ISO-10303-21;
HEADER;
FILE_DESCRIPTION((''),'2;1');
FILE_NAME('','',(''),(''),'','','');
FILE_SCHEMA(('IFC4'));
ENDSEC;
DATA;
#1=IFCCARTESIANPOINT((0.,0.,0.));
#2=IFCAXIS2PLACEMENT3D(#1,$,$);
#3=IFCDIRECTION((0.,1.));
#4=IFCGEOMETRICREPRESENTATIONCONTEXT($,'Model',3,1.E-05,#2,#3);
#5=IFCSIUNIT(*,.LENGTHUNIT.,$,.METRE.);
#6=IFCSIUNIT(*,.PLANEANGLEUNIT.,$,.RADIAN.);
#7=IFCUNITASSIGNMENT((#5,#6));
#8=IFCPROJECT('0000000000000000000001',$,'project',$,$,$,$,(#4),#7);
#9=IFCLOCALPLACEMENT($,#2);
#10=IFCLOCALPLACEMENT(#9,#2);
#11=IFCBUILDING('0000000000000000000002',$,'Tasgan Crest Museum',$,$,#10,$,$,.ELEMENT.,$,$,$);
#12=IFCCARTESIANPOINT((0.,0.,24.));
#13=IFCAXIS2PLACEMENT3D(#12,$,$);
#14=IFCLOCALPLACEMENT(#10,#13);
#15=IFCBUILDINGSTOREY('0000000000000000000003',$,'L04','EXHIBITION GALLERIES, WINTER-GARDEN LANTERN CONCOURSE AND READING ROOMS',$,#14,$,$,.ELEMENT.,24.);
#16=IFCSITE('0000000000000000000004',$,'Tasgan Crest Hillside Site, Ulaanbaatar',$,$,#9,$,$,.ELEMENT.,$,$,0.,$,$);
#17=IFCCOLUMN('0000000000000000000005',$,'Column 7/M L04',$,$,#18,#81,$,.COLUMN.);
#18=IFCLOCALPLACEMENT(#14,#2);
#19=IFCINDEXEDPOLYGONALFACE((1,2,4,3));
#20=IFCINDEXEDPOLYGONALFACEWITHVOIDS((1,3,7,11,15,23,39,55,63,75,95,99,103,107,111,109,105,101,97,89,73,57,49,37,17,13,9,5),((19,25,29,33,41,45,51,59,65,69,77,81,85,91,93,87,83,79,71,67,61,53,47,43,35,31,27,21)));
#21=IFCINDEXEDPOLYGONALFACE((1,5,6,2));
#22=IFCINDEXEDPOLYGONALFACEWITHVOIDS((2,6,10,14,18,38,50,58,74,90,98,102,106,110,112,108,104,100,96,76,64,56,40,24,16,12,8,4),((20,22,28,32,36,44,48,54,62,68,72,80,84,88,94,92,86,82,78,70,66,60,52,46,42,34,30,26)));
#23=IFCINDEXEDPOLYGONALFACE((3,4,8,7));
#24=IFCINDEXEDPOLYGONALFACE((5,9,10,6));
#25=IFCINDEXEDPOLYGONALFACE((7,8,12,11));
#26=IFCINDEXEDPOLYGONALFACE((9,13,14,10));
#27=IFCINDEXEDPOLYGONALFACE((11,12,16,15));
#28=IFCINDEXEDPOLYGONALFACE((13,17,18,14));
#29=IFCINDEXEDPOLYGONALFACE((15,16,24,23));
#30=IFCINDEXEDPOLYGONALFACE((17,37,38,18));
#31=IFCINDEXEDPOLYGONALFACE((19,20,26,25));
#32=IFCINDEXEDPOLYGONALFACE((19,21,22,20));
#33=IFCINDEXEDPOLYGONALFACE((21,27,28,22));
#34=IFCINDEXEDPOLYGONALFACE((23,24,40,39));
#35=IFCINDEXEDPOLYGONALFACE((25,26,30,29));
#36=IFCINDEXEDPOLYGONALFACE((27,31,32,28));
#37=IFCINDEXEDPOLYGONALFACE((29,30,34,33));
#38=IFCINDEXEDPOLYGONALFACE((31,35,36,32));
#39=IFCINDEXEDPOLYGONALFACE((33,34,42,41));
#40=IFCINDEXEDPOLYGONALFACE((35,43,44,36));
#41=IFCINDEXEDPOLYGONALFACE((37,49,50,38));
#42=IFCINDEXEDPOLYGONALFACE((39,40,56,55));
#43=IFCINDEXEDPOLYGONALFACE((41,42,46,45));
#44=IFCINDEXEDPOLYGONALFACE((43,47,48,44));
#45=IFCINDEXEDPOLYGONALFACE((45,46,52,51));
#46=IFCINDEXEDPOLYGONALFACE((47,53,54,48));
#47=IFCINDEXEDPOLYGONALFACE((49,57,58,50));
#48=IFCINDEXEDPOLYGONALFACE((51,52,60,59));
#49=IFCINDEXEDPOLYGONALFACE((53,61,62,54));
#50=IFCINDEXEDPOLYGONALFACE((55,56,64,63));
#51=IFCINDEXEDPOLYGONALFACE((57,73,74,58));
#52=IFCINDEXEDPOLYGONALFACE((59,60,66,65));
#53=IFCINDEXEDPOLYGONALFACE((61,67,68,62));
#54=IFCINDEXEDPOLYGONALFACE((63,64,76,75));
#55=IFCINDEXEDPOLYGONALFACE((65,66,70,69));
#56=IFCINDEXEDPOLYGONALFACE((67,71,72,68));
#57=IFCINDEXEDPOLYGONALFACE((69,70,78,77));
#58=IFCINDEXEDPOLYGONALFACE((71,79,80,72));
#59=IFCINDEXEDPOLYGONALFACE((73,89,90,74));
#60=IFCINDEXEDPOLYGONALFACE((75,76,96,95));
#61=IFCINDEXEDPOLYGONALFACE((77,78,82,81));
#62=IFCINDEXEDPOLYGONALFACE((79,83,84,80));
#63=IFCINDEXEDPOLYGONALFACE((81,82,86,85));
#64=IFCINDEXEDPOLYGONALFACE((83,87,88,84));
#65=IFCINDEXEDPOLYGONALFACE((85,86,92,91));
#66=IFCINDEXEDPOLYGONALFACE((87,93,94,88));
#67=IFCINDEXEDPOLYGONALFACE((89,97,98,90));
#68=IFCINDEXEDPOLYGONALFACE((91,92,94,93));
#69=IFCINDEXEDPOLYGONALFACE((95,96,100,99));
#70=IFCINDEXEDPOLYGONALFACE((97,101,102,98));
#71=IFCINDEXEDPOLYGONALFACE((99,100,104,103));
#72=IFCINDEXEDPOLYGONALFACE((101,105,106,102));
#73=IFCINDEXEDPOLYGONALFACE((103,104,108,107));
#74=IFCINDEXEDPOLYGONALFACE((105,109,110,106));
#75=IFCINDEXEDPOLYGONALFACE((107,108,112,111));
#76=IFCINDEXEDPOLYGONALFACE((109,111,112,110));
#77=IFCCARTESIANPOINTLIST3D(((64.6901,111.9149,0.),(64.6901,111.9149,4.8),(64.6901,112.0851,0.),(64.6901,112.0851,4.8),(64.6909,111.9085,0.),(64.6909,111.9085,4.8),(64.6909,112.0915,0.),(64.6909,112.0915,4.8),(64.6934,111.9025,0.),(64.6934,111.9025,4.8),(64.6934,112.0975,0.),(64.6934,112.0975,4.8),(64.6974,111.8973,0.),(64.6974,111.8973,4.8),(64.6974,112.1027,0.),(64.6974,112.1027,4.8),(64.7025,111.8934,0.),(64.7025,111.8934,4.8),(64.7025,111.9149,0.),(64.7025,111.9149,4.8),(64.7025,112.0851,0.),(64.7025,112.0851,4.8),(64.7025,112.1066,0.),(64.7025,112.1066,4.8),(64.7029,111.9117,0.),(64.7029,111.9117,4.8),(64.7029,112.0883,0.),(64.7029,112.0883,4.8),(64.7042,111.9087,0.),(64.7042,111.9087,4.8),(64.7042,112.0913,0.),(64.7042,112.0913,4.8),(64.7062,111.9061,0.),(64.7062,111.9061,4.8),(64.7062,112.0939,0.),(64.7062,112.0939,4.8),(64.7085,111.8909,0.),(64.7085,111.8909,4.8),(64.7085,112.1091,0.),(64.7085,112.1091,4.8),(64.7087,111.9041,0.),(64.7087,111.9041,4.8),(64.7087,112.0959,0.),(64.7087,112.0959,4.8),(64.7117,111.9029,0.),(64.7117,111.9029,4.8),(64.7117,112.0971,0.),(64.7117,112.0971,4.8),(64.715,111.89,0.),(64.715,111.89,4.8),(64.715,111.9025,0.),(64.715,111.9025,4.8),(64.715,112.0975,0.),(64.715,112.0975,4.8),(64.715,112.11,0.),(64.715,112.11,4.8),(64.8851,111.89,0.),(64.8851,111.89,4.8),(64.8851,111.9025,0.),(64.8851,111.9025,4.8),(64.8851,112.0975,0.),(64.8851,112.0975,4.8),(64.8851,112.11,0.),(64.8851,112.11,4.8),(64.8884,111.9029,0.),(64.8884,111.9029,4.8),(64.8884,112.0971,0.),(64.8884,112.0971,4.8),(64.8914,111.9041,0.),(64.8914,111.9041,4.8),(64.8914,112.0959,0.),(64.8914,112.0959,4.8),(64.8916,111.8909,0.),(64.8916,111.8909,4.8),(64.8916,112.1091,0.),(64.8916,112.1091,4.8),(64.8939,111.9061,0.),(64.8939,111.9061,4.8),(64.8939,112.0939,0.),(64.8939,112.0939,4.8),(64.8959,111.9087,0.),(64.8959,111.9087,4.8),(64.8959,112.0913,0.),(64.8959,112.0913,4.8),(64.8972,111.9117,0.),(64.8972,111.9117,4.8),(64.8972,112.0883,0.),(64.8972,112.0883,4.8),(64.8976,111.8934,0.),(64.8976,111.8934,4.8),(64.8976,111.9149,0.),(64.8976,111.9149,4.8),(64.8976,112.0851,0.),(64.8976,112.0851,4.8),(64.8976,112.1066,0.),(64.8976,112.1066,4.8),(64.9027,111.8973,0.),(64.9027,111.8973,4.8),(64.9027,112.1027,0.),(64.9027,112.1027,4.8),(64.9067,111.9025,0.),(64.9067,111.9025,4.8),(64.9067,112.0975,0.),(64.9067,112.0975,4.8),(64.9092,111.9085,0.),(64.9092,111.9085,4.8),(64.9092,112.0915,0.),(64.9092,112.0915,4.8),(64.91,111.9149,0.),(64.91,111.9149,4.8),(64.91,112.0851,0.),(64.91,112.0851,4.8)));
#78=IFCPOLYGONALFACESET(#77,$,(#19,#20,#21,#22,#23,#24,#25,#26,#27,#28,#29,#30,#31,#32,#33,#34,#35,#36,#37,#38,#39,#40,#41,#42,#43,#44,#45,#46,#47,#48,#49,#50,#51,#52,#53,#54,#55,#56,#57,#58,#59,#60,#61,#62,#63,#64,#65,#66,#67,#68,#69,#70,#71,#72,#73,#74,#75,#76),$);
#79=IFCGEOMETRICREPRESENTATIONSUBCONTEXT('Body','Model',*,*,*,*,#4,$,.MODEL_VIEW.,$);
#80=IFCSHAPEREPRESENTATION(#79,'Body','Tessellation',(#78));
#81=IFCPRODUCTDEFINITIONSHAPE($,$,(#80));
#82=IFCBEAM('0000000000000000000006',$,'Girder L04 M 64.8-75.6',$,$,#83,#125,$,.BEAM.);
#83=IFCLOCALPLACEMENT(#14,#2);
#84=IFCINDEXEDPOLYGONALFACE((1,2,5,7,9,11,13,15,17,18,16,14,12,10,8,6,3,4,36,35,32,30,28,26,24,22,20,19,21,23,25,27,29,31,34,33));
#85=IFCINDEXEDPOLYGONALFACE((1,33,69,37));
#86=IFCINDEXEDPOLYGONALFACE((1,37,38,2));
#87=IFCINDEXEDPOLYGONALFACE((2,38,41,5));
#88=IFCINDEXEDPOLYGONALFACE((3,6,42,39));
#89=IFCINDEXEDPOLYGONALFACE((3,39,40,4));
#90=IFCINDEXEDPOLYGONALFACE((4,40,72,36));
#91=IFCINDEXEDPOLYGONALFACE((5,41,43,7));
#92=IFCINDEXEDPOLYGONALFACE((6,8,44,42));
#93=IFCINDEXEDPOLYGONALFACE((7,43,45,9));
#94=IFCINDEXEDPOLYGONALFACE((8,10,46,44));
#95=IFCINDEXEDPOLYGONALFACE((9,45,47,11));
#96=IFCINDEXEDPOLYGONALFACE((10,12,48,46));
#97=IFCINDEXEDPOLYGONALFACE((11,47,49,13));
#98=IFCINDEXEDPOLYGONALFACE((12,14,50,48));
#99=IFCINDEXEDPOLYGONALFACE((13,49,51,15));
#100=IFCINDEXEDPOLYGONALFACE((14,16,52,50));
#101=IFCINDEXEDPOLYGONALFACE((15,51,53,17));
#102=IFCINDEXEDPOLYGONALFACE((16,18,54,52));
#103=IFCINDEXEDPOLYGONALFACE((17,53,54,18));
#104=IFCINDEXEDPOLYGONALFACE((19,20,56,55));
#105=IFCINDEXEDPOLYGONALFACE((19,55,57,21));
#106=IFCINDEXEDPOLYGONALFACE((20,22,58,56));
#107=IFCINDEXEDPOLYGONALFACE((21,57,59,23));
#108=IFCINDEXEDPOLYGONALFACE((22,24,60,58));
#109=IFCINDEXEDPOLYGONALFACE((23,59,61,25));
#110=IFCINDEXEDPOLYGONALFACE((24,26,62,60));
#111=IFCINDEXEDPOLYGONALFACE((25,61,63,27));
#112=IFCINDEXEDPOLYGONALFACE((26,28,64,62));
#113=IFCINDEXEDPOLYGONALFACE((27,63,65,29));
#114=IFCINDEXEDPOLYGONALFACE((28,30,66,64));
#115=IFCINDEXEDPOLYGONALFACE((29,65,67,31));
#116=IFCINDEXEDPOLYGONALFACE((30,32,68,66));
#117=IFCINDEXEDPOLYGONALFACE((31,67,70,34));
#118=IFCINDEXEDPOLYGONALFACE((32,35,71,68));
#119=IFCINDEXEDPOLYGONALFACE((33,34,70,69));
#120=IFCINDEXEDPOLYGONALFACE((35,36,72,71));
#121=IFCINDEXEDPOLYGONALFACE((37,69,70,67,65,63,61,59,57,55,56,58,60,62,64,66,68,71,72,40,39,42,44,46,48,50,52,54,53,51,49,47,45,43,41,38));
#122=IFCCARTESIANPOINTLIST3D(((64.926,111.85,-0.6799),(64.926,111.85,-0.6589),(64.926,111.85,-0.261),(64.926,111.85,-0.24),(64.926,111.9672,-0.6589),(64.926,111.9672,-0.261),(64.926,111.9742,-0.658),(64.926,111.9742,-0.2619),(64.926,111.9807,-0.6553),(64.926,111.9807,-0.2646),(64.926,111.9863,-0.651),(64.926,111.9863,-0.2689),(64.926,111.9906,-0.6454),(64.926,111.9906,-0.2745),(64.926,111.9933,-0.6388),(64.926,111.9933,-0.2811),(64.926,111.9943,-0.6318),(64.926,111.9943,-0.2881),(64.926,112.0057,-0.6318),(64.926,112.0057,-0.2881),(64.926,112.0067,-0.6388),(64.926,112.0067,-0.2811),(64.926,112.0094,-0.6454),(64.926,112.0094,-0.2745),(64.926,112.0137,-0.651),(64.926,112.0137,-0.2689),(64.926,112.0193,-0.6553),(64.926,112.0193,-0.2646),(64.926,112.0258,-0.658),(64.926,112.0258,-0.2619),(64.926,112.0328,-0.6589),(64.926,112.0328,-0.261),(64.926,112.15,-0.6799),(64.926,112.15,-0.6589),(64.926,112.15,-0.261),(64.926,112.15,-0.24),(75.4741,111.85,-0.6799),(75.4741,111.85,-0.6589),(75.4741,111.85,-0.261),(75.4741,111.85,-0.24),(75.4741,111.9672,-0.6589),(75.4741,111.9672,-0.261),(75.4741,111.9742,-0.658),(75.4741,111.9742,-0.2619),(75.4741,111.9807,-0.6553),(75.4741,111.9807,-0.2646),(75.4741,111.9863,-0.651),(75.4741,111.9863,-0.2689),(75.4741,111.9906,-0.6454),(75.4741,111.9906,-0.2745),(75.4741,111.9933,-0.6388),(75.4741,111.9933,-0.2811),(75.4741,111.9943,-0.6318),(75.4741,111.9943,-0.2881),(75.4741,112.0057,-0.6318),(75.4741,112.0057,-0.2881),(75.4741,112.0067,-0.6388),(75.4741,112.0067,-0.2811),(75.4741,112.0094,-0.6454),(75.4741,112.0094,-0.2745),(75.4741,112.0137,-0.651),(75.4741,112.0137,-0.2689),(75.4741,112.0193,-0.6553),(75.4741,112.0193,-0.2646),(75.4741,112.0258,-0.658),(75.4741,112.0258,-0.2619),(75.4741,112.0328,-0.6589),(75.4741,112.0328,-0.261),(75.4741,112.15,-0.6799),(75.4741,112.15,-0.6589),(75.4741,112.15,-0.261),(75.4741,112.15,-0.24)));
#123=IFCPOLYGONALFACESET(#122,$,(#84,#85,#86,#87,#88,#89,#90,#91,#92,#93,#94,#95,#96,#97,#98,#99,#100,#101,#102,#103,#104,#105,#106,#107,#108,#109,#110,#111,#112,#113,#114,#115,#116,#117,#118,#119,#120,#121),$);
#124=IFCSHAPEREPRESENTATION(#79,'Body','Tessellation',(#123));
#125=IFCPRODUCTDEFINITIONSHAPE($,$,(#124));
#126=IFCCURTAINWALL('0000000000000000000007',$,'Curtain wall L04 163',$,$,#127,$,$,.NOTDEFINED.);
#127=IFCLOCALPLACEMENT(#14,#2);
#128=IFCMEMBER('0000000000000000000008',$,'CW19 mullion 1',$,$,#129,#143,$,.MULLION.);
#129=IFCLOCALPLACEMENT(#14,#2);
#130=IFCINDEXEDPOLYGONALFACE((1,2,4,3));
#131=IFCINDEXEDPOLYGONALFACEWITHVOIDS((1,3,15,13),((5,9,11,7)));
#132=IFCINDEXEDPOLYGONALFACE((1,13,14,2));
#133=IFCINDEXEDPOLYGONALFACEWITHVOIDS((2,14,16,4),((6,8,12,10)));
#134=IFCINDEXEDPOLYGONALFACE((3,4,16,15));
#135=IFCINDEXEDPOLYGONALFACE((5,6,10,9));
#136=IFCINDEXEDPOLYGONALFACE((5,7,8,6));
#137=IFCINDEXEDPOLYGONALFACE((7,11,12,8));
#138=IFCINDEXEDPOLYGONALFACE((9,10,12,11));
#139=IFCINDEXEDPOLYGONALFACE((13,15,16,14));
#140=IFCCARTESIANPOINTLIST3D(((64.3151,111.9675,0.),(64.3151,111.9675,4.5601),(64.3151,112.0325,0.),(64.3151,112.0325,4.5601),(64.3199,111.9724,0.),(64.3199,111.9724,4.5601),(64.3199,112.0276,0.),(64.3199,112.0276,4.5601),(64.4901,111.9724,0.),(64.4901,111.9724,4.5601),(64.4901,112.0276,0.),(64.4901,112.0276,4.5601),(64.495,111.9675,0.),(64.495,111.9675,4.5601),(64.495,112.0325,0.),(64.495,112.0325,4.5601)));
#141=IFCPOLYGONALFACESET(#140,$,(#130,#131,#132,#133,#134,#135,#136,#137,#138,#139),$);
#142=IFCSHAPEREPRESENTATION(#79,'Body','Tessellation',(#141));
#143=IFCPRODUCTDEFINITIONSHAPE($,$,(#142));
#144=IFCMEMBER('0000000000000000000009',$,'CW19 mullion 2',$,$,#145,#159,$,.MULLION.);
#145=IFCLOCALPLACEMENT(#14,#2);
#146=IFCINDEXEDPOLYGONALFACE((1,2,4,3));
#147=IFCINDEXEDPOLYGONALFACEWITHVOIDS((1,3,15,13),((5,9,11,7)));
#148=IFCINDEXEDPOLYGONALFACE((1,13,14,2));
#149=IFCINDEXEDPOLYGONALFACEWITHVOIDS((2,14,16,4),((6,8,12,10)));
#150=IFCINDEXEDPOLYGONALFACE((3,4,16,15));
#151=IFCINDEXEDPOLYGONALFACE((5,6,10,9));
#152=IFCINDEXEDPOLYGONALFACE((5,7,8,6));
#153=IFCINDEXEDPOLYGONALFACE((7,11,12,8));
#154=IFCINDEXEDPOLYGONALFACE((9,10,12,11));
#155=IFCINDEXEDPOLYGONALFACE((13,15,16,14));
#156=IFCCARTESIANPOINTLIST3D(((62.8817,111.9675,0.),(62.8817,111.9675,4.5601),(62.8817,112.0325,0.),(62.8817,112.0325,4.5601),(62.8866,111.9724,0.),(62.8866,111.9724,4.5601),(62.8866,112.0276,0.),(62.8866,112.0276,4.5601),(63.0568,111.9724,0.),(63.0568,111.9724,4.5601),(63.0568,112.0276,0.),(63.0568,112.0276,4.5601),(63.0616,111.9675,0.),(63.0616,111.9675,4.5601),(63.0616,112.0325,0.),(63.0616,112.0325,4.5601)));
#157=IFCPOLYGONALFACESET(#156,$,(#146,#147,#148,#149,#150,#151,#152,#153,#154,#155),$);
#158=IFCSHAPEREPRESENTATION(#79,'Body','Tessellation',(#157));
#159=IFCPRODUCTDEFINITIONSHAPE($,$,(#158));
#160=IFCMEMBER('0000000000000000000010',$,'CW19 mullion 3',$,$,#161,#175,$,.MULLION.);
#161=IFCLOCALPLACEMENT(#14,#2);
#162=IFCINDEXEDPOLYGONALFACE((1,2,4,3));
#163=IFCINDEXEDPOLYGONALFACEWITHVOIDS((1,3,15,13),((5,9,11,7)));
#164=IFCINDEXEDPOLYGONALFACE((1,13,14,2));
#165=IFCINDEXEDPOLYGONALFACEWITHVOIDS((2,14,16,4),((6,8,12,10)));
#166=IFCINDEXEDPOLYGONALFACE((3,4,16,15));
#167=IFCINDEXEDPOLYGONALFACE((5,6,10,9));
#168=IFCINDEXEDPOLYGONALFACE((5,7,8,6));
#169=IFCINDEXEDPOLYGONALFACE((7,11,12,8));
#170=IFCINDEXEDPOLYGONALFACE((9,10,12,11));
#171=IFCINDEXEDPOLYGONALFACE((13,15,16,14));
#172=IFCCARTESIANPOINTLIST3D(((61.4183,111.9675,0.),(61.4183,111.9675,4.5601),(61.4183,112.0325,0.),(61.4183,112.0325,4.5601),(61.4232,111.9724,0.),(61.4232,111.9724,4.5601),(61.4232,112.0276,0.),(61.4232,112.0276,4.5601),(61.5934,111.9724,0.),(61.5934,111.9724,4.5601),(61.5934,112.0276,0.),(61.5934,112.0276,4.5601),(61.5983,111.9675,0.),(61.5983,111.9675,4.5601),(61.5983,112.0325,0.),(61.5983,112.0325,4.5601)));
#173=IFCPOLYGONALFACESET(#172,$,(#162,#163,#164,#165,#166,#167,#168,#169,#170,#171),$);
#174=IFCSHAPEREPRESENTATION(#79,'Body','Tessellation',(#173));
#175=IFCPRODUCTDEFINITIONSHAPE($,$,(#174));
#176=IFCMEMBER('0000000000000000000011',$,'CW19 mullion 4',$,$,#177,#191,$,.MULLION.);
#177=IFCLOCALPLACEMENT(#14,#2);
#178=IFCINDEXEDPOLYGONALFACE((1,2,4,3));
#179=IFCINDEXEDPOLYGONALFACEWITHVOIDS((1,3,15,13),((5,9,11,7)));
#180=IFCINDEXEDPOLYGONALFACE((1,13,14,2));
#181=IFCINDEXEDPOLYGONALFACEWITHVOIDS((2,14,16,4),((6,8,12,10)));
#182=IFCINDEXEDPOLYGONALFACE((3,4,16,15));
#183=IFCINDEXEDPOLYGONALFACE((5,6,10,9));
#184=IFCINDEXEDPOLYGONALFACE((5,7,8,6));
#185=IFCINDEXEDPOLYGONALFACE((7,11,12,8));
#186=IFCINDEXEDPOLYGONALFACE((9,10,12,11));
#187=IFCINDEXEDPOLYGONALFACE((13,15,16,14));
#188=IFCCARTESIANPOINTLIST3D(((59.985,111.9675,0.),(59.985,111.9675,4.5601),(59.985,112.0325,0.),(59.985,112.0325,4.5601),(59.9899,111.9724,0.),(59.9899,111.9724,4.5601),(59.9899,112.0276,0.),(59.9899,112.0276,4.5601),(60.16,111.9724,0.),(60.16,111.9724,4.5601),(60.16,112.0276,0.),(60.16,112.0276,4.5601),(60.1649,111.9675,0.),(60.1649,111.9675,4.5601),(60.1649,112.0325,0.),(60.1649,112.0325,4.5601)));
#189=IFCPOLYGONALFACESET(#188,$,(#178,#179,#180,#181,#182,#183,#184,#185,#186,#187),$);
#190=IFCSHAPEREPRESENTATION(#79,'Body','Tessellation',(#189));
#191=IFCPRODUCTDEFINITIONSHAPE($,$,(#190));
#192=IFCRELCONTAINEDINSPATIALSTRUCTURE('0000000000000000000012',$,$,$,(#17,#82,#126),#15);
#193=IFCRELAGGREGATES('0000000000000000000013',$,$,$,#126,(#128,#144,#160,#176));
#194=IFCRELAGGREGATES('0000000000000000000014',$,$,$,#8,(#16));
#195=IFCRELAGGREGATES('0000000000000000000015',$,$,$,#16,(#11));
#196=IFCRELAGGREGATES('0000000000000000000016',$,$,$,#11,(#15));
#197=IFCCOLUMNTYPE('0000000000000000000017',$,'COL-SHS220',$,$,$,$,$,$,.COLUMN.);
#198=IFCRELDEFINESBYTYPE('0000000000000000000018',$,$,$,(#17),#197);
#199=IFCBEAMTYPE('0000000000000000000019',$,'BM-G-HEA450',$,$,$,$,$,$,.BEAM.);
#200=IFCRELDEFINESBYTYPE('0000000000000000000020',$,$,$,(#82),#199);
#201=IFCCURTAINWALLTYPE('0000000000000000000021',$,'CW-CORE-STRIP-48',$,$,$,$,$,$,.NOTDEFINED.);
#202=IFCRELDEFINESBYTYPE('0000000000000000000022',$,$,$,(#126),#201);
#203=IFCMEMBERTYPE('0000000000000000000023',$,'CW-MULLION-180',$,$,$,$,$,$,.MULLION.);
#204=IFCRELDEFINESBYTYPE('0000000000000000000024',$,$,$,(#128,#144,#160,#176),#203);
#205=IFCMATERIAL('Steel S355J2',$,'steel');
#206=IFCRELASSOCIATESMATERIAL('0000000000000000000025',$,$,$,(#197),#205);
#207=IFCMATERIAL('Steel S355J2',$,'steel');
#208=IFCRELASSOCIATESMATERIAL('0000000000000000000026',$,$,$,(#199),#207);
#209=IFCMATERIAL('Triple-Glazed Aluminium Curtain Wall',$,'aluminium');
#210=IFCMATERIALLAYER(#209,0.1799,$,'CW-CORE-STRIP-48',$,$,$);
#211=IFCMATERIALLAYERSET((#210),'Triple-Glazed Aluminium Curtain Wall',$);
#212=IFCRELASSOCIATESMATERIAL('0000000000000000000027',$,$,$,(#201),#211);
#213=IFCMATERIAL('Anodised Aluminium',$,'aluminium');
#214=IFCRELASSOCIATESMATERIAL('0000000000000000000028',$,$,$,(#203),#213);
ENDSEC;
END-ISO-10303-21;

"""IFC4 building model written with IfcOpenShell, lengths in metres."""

from ifc_helpers import new_model, si_unit, direction, frame, origin, origin_2d, place, context, subcontext, project, spatial, hollow_rectangle, i_section, extrude, material, layer, layer_set, material_profile, profile_set, type_object, element, aggregate, save


model = new_model("IFC4")

# Units and contexts
model_context = context("Model", 3, precision=1e-05, world=origin(), true_north=direction((0.0, 1.0)))
body_context = subcontext(model_context, "Body", "Model", "MODEL_VIEW")
ifc_project = project(units=[si_unit("LENGTHUNIT", "METRE"), si_unit("PLANEANGLEUNIT", "RADIAN")], contexts=[model_context])

# Site, building, storey
site_placement = place(None, origin())
site = spatial("IfcSite", under=ifc_project, at=site_placement, Name="Tasgan Crest Hillside Site, Ulaanbaatar", CompositionType="ELEMENT", RefElevation=0.0)
building_placement = place(site_placement, origin())
building = spatial("IfcBuilding", under=site, at=building_placement, Name="Tasgan Crest Museum", CompositionType="ELEMENT")
storey_placement = place(building_placement, frame((0.0, 0.0, 24.0)))
storey = spatial("IfcBuildingStorey", under=building, at=storey_placement, Name="L04", Description="EXHIBITION GALLERIES, WINTER-GARDEN LANTERN CONCOURSE AND READING ROOMS", CompositionType="ELEMENT", Elevation=24.0)

# Column
ifc_material_1 = material(Name="Steel S355J2", Category="steel")
ifc_material_profile_1 = material_profile(ifc_material_1, hollow_rectangle(XDim=0.22, YDim=0.22, WallThickness=0.0125, InnerFilletRadius=0.0125, OuterFilletRadius=0.0249, at=origin_2d()), Name="SHS 220x220x12.5")
ifc_profile_set_1 = profile_set([ifc_material_profile_1], Name="Steel S355J2")
column_type = type_object("IfcColumnType", Name="COL-SHS220", PredefinedType="COLUMN", material=ifc_profile_set_1)
column_placement = place(storey_placement, frame((64.8, 112.0, 0.0), z_axis=(0.0, 0.0, 1.0), x_axis=(1.0, 0.0, 0.0)))
element("IfcColumn", 1, at=column_placement, inside=storey, type_object=column_type, Name="Column 7/M L04", PredefinedType="COLUMN", context=body_context, shape_type="SweptSolid", body=[
    extrude(hollow_rectangle(XDim=0.22, YDim=0.22, WallThickness=0.0125, InnerFilletRadius=0.0125, OuterFilletRadius=0.0249, at=origin_2d()), origin(), (0.0, 0.0, 1.0), 4.8),
])

# Beam
ifc_material_2 = material(Name="Steel S355J2", Category="steel")
ifc_material_profile_2 = material_profile(ifc_material_2, i_section(OverallWidth=0.3, OverallDepth=0.4399, WebThickness=0.0115, FlangeThickness=0.021, FilletRadius=0.0271, at=origin_2d()), Name="HEA 450")
ifc_profile_set_2 = profile_set([ifc_material_profile_2], Name="Steel S355J2")
beam_type = type_object("IfcBeamType", Name="BM-G-HEA450", PredefinedType="BEAM", material=ifc_profile_set_2)
beam_placement = place(storey_placement, frame((64.926, 112.0, -0.46), z_axis=(1.0, 0.0, 0.0), x_axis=(0.0, 1.0, 0.0)))
element("IfcBeam", 2, at=beam_placement, inside=storey, type_object=beam_type, Name="Girder L04 M 64.8-75.6", PredefinedType="BEAM", context=body_context, shape_type="SweptSolid", body=[
    extrude(i_section(OverallWidth=0.3, OverallDepth=0.4399, WebThickness=0.0115, FlangeThickness=0.021, FilletRadius=0.0271, at=origin_2d()), origin(), (0.0, 0.0, 1.0), 10.5481),
])

# Curtain wall, members
ifc_material_3 = material(Name="Triple-Glazed Aluminium Curtain Wall", Category="aluminium")
ifc_layer_1 = layer(ifc_material_3, 0.1799, Name="CW-CORE-STRIP-48")
ifc_layer_set_1 = layer_set([ifc_layer_1], Name="Triple-Glazed Aluminium Curtain Wall")
curtain_wall_type = type_object("IfcCurtainWallType", Name="CW-CORE-STRIP-48", PredefinedType="NOTDEFINED", material=ifc_layer_set_1)
curtain_wall_placement = place(storey_placement, origin())
curtain_wall = element("IfcCurtainWall", 3, at=curtain_wall_placement, inside=storey, type_object=curtain_wall_type, Name="Curtain wall L04 163", PredefinedType="NOTDEFINED")
ifc_material_4 = material(Name="Anodised Aluminium", Category="aluminium")
ifc_material_profile_3 = material_profile(ifc_material_4, hollow_rectangle(XDim=0.0649, YDim=0.1799, WallThickness=0.0049, at=origin_2d()), Name="ALU MULLION 180x65x5")
ifc_profile_set_3 = profile_set([ifc_material_profile_3], Name="Anodised Aluminium")
member_type_1 = type_object("IfcMemberType", Name="CW-MULLION-180", PredefinedType="MULLION", material=ifc_profile_set_3)
member_1_placement = place(storey_placement, frame((64.405, 112.0, 0.0), z_axis=(0.0, 0.0, 1.0), x_axis=(0.0, -1.0, 0.0)))
member_1 = element("IfcMember", 4, at=member_1_placement, type_object=member_type_1, Name="CW19 mullion 1", PredefinedType="MULLION", context=body_context, shape_type="SweptSolid", body=[
    extrude(hollow_rectangle(XDim=0.0649, YDim=0.1799, WallThickness=0.0049, at=origin_2d()), origin(), (0.0, 0.0, 1.0), 4.5601),
])
member_2_placement = place(storey_placement, frame((62.9717, 112.0, 0.0), z_axis=(0.0, 0.0, 1.0), x_axis=(0.0, -1.0, 0.0)))
member_2 = element("IfcMember", 5, at=member_2_placement, type_object=member_type_1, Name="CW19 mullion 2", PredefinedType="MULLION", context=body_context, shape_type="SweptSolid", body=[
    extrude(hollow_rectangle(XDim=0.0649, YDim=0.1799, WallThickness=0.0049, at=origin_2d()), origin(), (0.0, 0.0, 1.0), 4.5601),
])
member_3_placement = place(storey_placement, frame((61.5083, 112.0, 0.0), z_axis=(0.0, 0.0, 1.0), x_axis=(0.0, -1.0, 0.0)))
member_3 = element("IfcMember", 6, at=member_3_placement, type_object=member_type_1, Name="CW19 mullion 3", PredefinedType="MULLION", context=body_context, shape_type="SweptSolid", body=[
    extrude(hollow_rectangle(XDim=0.0649, YDim=0.1799, WallThickness=0.0049, at=origin_2d()), origin(), (0.0, 0.0, 1.0), 4.5601),
])
member_4_placement = place(storey_placement, frame((60.075, 112.0, 0.0), z_axis=(0.0, 0.0, 1.0), x_axis=(0.0, -1.0, 0.0)))
member_4 = element("IfcMember", 7, at=member_4_placement, type_object=member_type_1, Name="CW19 mullion 4", PredefinedType="MULLION", context=body_context, shape_type="SweptSolid", body=[
    extrude(hollow_rectangle(XDim=0.0649, YDim=0.1799, WallThickness=0.0049, at=origin_2d()), origin(), (0.0, 0.0, 1.0), 4.5601),
])

aggregate(curtain_wall, [member_1, member_2, member_3, member_4])

save(model, "model.ifc")
